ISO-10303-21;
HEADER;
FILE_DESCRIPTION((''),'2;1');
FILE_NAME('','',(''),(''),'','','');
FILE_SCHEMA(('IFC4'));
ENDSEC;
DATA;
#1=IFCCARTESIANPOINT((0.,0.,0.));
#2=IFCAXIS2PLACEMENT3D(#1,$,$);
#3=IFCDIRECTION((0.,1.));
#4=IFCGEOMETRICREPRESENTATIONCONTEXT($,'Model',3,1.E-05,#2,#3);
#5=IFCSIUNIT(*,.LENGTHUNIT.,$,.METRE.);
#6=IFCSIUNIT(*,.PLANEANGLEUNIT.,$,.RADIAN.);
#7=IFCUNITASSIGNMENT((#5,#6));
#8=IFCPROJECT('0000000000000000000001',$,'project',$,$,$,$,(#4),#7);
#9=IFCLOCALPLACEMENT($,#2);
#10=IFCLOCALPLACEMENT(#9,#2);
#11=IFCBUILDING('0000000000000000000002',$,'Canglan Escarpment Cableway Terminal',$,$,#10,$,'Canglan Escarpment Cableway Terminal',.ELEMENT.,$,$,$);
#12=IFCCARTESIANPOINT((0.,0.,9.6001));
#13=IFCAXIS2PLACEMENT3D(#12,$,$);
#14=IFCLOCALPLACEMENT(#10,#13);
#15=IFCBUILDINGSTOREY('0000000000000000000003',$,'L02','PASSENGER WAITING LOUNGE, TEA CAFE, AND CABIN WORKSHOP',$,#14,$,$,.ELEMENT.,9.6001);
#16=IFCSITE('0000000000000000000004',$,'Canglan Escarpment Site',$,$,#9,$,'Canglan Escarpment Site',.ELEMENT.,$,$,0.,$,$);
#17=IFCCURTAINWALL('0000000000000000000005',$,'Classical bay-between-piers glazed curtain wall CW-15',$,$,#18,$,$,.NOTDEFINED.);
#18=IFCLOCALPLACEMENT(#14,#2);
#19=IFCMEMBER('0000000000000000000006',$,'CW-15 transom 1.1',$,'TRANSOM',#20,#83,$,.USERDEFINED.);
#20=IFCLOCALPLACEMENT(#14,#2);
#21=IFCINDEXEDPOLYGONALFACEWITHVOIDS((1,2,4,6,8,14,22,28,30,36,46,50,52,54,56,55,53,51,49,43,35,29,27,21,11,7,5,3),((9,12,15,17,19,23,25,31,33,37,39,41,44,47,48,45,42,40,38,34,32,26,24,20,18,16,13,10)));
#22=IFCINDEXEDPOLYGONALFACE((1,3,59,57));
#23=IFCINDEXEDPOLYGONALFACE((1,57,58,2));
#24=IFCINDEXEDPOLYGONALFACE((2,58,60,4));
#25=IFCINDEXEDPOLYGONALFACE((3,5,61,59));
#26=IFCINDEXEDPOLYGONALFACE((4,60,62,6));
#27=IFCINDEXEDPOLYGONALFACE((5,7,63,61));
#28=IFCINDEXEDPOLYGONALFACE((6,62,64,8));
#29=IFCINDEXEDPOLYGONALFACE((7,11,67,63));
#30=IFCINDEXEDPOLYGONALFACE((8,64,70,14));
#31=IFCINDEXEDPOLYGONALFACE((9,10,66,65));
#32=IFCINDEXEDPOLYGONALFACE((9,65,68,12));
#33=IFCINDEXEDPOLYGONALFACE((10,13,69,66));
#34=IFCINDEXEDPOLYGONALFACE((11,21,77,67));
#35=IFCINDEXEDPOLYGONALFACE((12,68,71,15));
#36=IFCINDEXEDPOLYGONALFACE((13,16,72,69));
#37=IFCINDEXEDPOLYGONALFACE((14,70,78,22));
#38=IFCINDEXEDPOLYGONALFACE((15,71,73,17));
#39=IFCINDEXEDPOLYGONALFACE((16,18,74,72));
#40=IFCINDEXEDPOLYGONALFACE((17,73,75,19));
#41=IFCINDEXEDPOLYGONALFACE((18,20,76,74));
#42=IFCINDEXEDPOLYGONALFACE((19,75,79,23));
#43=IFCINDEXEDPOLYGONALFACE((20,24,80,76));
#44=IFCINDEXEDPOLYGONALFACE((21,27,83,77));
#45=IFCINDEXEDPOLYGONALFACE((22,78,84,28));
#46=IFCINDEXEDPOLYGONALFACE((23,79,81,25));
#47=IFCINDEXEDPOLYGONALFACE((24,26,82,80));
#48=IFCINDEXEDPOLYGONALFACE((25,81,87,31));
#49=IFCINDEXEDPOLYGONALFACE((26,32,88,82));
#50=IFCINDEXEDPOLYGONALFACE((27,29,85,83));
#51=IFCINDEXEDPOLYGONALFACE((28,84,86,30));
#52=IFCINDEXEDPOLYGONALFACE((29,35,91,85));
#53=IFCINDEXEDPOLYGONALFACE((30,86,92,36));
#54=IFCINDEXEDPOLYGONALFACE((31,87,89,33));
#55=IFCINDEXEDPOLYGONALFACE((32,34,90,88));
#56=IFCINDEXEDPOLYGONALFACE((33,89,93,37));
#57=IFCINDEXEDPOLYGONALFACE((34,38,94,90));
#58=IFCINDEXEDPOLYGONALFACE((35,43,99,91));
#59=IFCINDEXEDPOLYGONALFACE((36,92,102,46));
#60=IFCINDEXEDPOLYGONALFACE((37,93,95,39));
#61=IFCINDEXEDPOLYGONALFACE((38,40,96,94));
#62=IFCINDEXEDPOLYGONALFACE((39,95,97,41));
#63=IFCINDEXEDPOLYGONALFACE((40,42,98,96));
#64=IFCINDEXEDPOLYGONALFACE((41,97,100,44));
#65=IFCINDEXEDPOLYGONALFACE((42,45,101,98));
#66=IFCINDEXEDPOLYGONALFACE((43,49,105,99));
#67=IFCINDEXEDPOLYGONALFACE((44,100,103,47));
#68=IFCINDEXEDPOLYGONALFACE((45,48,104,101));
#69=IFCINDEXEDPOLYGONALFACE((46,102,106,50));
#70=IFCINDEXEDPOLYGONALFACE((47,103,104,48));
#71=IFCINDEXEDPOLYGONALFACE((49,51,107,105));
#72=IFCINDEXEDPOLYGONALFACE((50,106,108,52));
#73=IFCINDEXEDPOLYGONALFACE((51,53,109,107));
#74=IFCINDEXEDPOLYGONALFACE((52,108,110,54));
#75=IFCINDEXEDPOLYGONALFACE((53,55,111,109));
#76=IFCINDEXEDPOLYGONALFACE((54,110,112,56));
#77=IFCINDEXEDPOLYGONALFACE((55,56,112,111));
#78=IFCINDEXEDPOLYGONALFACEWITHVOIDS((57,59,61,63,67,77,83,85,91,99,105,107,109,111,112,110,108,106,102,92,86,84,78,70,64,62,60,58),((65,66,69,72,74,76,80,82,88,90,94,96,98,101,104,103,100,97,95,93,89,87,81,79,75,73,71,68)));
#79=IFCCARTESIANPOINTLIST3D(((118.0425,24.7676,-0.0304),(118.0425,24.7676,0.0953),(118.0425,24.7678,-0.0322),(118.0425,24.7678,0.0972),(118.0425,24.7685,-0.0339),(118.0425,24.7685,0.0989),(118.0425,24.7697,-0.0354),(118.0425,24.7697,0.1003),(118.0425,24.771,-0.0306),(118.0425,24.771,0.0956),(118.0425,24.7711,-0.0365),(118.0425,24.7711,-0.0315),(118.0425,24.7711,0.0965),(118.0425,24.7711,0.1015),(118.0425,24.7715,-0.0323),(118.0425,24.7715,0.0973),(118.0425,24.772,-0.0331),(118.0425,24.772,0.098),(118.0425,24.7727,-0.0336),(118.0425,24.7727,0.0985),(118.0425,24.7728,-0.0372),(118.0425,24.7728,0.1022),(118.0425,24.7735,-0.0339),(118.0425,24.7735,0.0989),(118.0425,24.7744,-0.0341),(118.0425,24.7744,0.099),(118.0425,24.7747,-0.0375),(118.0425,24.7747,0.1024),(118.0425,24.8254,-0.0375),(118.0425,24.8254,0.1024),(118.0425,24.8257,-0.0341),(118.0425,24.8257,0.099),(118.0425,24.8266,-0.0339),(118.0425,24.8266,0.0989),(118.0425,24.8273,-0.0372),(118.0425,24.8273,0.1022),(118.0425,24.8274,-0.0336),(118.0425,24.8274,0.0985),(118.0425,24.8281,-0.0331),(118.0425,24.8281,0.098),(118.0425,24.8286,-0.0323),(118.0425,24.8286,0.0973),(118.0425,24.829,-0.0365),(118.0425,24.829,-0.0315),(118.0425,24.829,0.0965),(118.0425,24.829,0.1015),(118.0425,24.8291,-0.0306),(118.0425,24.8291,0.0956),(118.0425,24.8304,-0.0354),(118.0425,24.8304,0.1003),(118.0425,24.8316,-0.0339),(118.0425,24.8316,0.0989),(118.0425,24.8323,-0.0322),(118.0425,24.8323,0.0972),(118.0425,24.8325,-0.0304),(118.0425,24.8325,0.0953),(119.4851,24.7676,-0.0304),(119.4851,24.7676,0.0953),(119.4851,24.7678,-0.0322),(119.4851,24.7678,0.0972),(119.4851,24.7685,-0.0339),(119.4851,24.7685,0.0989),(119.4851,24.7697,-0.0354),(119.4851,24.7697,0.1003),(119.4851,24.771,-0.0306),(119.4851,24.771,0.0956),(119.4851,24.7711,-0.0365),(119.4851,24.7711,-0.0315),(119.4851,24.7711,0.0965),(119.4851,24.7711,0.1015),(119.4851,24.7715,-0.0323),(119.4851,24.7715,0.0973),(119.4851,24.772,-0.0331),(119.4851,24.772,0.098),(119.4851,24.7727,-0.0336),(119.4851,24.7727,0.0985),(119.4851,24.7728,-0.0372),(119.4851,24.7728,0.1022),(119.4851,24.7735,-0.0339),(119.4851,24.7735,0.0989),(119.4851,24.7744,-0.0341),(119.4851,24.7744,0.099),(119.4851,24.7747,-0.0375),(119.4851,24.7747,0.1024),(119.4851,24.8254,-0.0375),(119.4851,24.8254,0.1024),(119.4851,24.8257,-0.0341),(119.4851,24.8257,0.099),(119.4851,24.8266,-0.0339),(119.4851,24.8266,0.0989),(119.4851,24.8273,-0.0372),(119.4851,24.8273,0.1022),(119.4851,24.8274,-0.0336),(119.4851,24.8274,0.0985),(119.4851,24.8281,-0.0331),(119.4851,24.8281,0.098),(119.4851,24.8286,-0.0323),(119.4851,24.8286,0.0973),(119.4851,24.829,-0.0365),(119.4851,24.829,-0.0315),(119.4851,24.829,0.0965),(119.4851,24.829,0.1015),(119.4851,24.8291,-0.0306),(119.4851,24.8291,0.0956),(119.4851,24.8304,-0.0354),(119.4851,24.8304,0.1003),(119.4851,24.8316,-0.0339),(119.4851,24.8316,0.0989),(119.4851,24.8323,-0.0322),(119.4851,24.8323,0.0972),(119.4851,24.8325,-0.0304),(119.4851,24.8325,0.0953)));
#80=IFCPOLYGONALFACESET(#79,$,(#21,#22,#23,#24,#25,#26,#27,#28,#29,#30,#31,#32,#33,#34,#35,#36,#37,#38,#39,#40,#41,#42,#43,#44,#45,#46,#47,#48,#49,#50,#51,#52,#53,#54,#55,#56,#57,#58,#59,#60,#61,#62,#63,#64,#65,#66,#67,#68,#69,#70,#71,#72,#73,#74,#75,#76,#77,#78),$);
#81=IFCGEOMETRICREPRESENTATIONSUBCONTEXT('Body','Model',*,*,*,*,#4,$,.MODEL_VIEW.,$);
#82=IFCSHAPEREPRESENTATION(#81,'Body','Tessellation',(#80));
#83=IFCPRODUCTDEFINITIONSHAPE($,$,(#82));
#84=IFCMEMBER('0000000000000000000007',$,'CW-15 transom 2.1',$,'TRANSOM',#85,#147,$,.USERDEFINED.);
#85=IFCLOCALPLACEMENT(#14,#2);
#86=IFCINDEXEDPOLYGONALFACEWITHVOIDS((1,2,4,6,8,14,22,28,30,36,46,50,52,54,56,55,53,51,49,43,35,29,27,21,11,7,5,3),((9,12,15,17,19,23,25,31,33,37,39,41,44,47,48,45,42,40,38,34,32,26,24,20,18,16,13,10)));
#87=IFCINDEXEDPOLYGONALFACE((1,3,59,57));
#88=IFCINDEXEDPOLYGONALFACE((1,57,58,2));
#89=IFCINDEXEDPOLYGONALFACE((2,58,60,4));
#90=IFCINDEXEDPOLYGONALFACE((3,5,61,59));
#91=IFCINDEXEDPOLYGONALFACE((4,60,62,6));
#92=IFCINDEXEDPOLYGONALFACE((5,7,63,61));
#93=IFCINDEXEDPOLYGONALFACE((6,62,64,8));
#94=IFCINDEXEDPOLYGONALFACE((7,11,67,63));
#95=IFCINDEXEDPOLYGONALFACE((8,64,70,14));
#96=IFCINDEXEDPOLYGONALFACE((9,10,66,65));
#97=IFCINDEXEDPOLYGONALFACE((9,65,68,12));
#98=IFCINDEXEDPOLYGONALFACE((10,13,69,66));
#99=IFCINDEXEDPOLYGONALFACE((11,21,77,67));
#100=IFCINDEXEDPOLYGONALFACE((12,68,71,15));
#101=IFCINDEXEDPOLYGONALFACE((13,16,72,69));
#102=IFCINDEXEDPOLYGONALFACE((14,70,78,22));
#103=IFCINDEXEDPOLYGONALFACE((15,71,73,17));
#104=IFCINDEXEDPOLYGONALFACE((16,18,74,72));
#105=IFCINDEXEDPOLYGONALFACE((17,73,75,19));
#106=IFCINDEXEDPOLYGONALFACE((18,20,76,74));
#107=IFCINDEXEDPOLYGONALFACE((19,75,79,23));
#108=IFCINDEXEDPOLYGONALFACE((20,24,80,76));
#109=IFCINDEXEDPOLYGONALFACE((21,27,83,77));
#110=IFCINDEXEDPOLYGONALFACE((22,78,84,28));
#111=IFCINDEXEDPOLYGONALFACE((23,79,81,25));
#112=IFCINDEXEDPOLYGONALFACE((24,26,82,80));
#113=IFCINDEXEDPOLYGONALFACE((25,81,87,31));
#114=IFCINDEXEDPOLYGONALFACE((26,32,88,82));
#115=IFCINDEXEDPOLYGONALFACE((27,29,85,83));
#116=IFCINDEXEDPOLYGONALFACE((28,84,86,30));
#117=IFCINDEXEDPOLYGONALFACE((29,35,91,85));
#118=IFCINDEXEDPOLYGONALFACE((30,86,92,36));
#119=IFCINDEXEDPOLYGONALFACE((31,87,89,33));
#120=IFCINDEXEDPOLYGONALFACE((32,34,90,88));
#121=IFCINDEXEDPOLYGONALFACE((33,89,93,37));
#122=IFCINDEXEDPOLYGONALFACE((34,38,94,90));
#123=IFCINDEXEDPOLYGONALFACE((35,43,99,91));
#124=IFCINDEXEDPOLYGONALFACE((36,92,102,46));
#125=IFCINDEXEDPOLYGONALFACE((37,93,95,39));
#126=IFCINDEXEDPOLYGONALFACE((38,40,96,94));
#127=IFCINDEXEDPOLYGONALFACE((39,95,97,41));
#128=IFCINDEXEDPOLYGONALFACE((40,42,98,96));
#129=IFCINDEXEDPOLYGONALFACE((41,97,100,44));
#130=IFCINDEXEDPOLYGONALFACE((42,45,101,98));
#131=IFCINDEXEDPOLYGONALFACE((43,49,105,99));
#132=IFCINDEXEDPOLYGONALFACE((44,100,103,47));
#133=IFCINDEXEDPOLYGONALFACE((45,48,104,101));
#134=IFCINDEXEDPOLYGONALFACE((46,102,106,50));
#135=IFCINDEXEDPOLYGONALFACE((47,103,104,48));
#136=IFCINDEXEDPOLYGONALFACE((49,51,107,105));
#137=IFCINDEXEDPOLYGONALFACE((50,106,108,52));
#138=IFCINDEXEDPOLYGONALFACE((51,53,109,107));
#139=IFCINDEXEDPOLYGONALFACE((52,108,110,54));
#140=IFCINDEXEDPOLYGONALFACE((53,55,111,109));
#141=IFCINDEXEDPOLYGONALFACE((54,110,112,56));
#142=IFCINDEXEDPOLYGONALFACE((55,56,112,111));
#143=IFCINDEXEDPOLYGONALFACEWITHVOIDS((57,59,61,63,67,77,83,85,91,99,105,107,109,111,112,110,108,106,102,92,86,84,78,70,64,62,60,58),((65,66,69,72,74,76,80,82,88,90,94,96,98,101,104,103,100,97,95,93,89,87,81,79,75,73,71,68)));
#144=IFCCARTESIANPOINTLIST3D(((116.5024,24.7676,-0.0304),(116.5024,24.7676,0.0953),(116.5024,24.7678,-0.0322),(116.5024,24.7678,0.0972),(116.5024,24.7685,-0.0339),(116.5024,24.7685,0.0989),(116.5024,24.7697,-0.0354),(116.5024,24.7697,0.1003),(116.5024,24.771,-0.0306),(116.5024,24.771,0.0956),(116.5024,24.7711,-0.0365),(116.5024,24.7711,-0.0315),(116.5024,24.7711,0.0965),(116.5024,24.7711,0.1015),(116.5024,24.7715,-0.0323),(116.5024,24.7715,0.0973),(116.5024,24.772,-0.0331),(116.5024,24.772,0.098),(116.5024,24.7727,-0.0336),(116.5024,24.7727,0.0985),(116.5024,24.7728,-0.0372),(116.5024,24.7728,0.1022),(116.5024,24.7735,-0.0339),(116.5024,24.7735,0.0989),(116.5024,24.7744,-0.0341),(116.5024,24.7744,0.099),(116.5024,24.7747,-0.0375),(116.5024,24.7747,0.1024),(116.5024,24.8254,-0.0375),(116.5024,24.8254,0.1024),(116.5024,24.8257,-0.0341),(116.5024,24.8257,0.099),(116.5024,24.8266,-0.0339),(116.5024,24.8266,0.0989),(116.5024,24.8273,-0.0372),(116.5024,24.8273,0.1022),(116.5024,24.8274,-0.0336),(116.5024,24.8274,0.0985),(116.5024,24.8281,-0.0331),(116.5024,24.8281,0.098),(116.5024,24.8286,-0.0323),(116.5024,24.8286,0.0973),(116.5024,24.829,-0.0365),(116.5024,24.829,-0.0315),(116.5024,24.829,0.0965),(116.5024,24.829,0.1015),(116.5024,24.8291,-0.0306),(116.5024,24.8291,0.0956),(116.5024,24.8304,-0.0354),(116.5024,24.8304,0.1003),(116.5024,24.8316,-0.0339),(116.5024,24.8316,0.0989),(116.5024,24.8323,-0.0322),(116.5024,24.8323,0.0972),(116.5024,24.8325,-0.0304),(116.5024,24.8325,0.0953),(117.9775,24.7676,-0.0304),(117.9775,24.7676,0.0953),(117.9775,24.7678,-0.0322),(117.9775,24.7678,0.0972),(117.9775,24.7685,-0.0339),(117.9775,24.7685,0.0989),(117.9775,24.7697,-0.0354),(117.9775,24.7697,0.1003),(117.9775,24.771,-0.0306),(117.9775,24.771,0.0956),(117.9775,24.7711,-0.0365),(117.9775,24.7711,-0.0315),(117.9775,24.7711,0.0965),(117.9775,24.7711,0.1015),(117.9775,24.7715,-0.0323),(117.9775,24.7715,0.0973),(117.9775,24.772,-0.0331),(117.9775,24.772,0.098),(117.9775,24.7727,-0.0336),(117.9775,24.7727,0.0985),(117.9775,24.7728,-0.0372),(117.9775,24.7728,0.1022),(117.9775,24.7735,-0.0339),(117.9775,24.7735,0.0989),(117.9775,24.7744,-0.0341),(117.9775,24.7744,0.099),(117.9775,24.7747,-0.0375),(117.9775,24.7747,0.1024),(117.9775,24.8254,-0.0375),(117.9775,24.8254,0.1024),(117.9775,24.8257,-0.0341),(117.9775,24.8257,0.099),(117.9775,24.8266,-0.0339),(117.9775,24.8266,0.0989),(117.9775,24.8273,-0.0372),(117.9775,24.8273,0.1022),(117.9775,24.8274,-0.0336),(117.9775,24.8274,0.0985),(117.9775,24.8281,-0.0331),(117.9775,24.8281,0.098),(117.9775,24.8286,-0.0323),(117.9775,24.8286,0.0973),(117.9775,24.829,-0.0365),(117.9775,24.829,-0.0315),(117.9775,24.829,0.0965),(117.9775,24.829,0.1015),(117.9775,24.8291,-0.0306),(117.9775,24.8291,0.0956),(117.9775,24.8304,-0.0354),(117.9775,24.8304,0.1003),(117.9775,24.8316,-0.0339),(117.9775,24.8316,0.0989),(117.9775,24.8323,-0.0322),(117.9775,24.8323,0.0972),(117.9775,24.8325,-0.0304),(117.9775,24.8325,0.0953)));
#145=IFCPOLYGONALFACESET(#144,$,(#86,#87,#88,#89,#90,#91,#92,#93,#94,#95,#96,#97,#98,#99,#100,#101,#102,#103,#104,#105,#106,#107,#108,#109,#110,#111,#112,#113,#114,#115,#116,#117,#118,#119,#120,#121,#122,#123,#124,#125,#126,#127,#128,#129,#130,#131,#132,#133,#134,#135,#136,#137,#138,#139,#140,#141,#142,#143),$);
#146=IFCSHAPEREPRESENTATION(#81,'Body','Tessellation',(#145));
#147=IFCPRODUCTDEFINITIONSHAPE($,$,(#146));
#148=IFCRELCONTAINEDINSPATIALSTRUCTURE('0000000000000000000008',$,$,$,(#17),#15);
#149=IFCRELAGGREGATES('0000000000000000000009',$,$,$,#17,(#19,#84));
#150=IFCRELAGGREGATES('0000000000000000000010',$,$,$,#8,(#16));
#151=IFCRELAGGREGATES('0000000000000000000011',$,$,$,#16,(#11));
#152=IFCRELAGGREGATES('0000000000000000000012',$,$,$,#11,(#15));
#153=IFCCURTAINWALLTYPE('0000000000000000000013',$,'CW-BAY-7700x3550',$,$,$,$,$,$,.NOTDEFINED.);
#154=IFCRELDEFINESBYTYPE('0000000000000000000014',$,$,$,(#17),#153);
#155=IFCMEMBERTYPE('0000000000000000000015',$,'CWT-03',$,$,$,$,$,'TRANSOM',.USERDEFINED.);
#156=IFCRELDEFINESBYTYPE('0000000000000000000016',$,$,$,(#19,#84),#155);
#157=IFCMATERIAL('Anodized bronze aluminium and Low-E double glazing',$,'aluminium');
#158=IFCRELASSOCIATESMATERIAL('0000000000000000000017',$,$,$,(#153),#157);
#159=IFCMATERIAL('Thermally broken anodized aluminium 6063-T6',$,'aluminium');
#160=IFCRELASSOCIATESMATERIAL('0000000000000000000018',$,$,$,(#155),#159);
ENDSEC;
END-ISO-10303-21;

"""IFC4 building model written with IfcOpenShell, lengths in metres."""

from ifc_helpers import new_model, si_unit, direction, frame, origin, origin_2d, place, context, subcontext, project, spatial, hollow_rectangle, extrude, material, material_profile, profile_set, type_object, element, aggregate, save


model = new_model("IFC4")

# Units and contexts
model_context = context("Model", 3, precision=1e-05, world=origin(), true_north=direction((0.0, 1.0)))
body_context = subcontext(model_context, "Body", "Model", "MODEL_VIEW")
ifc_project = project(units=[si_unit("LENGTHUNIT", "METRE"), si_unit("PLANEANGLEUNIT", "RADIAN")], contexts=[model_context])

# Site, building, storey
site_placement = place(None, origin())
site = spatial("IfcSite", under=ifc_project, at=site_placement, Name="Canglan Escarpment Site", LongName="Canglan Escarpment Site", CompositionType="ELEMENT", RefElevation=0.0)
building_placement = place(site_placement, origin())
building = spatial("IfcBuilding", under=site, at=building_placement, Name="Canglan Escarpment Cableway Terminal", LongName="Canglan Escarpment Cableway Terminal", CompositionType="ELEMENT")
storey_placement = place(building_placement, frame((0.0, 0.0, 9.6001)))
storey = spatial("IfcBuildingStorey", under=building, at=storey_placement, Name="L02", Description="PASSENGER WAITING LOUNGE, TEA CAFE, AND CABIN WORKSHOP", CompositionType="ELEMENT", Elevation=9.6001)

# Curtain wall, members
ifc_material_1 = material(Name="Anodized bronze aluminium and Low-E double glazing", Category="aluminium")
curtain_wall_type = type_object("IfcCurtainWallType", Name="CW-BAY-7700x3550", PredefinedType="NOTDEFINED", material=ifc_material_1)
curtain_wall_placement = place(storey_placement, origin())
curtain_wall = element("IfcCurtainWall", 1, at=curtain_wall_placement, inside=storey, type_object=curtain_wall_type, Name="Classical bay-between-piers glazed curtain wall CW-15", PredefinedType="NOTDEFINED")
ifc_material_2 = material(Name="Thermally broken anodized aluminium 6063-T6", Category="aluminium")
ifc_material_profile_1 = material_profile(ifc_material_2, hollow_rectangle(XDim=0.0649, YDim=0.1399, WallThickness=0.0034, InnerFilletRadius=0.0034, OuterFilletRadius=0.0071, at=origin_2d()), Name="ALU-TRAN 65x140x3.5")
ifc_profile_set_1 = profile_set([ifc_material_profile_1], Name="Thermally broken anodized aluminium 6063-T6")
member_type_1 = type_object("IfcMemberType", Name="CWT-03", ElementType="TRANSOM", PredefinedType="USERDEFINED", material=ifc_profile_set_1)
member_1_placement = place(storey_placement, frame((119.4851, 24.8, 0.0325), z_axis=(-1.0, 0.0, 0.0), x_axis=(0.0, -1.0, 0.0)))
member_1 = element("IfcMember", 2, at=member_1_placement, type_object=member_type_1, Name="CW-15 transom 1.1", ObjectType="TRANSOM", PredefinedType="USERDEFINED", context=body_context, shape_type="SweptSolid", body=[
    extrude(hollow_rectangle(XDim=0.0649, YDim=0.1399, WallThickness=0.0034, InnerFilletRadius=0.0034, OuterFilletRadius=0.0071, at=origin_2d()), origin(), (0.0, 0.0, 1.0), 1.4426),
])
member_2_placement = place(storey_placement, frame((117.9775, 24.8, 0.0325), z_axis=(-1.0, 0.0, 0.0), x_axis=(0.0, -1.0, 0.0)))
member_2 = element("IfcMember", 3, at=member_2_placement, type_object=member_type_1, Name="CW-15 transom 2.1", ObjectType="TRANSOM", PredefinedType="USERDEFINED", context=body_context, shape_type="SweptSolid", body=[
    extrude(hollow_rectangle(XDim=0.0649, YDim=0.1399, WallThickness=0.0034, InnerFilletRadius=0.0034, OuterFilletRadius=0.0071, at=origin_2d()), origin(), (0.0, 0.0, 1.0), 1.4751),
])

aggregate(curtain_wall, [member_1, member_2])

save(model, "model.ifc")
